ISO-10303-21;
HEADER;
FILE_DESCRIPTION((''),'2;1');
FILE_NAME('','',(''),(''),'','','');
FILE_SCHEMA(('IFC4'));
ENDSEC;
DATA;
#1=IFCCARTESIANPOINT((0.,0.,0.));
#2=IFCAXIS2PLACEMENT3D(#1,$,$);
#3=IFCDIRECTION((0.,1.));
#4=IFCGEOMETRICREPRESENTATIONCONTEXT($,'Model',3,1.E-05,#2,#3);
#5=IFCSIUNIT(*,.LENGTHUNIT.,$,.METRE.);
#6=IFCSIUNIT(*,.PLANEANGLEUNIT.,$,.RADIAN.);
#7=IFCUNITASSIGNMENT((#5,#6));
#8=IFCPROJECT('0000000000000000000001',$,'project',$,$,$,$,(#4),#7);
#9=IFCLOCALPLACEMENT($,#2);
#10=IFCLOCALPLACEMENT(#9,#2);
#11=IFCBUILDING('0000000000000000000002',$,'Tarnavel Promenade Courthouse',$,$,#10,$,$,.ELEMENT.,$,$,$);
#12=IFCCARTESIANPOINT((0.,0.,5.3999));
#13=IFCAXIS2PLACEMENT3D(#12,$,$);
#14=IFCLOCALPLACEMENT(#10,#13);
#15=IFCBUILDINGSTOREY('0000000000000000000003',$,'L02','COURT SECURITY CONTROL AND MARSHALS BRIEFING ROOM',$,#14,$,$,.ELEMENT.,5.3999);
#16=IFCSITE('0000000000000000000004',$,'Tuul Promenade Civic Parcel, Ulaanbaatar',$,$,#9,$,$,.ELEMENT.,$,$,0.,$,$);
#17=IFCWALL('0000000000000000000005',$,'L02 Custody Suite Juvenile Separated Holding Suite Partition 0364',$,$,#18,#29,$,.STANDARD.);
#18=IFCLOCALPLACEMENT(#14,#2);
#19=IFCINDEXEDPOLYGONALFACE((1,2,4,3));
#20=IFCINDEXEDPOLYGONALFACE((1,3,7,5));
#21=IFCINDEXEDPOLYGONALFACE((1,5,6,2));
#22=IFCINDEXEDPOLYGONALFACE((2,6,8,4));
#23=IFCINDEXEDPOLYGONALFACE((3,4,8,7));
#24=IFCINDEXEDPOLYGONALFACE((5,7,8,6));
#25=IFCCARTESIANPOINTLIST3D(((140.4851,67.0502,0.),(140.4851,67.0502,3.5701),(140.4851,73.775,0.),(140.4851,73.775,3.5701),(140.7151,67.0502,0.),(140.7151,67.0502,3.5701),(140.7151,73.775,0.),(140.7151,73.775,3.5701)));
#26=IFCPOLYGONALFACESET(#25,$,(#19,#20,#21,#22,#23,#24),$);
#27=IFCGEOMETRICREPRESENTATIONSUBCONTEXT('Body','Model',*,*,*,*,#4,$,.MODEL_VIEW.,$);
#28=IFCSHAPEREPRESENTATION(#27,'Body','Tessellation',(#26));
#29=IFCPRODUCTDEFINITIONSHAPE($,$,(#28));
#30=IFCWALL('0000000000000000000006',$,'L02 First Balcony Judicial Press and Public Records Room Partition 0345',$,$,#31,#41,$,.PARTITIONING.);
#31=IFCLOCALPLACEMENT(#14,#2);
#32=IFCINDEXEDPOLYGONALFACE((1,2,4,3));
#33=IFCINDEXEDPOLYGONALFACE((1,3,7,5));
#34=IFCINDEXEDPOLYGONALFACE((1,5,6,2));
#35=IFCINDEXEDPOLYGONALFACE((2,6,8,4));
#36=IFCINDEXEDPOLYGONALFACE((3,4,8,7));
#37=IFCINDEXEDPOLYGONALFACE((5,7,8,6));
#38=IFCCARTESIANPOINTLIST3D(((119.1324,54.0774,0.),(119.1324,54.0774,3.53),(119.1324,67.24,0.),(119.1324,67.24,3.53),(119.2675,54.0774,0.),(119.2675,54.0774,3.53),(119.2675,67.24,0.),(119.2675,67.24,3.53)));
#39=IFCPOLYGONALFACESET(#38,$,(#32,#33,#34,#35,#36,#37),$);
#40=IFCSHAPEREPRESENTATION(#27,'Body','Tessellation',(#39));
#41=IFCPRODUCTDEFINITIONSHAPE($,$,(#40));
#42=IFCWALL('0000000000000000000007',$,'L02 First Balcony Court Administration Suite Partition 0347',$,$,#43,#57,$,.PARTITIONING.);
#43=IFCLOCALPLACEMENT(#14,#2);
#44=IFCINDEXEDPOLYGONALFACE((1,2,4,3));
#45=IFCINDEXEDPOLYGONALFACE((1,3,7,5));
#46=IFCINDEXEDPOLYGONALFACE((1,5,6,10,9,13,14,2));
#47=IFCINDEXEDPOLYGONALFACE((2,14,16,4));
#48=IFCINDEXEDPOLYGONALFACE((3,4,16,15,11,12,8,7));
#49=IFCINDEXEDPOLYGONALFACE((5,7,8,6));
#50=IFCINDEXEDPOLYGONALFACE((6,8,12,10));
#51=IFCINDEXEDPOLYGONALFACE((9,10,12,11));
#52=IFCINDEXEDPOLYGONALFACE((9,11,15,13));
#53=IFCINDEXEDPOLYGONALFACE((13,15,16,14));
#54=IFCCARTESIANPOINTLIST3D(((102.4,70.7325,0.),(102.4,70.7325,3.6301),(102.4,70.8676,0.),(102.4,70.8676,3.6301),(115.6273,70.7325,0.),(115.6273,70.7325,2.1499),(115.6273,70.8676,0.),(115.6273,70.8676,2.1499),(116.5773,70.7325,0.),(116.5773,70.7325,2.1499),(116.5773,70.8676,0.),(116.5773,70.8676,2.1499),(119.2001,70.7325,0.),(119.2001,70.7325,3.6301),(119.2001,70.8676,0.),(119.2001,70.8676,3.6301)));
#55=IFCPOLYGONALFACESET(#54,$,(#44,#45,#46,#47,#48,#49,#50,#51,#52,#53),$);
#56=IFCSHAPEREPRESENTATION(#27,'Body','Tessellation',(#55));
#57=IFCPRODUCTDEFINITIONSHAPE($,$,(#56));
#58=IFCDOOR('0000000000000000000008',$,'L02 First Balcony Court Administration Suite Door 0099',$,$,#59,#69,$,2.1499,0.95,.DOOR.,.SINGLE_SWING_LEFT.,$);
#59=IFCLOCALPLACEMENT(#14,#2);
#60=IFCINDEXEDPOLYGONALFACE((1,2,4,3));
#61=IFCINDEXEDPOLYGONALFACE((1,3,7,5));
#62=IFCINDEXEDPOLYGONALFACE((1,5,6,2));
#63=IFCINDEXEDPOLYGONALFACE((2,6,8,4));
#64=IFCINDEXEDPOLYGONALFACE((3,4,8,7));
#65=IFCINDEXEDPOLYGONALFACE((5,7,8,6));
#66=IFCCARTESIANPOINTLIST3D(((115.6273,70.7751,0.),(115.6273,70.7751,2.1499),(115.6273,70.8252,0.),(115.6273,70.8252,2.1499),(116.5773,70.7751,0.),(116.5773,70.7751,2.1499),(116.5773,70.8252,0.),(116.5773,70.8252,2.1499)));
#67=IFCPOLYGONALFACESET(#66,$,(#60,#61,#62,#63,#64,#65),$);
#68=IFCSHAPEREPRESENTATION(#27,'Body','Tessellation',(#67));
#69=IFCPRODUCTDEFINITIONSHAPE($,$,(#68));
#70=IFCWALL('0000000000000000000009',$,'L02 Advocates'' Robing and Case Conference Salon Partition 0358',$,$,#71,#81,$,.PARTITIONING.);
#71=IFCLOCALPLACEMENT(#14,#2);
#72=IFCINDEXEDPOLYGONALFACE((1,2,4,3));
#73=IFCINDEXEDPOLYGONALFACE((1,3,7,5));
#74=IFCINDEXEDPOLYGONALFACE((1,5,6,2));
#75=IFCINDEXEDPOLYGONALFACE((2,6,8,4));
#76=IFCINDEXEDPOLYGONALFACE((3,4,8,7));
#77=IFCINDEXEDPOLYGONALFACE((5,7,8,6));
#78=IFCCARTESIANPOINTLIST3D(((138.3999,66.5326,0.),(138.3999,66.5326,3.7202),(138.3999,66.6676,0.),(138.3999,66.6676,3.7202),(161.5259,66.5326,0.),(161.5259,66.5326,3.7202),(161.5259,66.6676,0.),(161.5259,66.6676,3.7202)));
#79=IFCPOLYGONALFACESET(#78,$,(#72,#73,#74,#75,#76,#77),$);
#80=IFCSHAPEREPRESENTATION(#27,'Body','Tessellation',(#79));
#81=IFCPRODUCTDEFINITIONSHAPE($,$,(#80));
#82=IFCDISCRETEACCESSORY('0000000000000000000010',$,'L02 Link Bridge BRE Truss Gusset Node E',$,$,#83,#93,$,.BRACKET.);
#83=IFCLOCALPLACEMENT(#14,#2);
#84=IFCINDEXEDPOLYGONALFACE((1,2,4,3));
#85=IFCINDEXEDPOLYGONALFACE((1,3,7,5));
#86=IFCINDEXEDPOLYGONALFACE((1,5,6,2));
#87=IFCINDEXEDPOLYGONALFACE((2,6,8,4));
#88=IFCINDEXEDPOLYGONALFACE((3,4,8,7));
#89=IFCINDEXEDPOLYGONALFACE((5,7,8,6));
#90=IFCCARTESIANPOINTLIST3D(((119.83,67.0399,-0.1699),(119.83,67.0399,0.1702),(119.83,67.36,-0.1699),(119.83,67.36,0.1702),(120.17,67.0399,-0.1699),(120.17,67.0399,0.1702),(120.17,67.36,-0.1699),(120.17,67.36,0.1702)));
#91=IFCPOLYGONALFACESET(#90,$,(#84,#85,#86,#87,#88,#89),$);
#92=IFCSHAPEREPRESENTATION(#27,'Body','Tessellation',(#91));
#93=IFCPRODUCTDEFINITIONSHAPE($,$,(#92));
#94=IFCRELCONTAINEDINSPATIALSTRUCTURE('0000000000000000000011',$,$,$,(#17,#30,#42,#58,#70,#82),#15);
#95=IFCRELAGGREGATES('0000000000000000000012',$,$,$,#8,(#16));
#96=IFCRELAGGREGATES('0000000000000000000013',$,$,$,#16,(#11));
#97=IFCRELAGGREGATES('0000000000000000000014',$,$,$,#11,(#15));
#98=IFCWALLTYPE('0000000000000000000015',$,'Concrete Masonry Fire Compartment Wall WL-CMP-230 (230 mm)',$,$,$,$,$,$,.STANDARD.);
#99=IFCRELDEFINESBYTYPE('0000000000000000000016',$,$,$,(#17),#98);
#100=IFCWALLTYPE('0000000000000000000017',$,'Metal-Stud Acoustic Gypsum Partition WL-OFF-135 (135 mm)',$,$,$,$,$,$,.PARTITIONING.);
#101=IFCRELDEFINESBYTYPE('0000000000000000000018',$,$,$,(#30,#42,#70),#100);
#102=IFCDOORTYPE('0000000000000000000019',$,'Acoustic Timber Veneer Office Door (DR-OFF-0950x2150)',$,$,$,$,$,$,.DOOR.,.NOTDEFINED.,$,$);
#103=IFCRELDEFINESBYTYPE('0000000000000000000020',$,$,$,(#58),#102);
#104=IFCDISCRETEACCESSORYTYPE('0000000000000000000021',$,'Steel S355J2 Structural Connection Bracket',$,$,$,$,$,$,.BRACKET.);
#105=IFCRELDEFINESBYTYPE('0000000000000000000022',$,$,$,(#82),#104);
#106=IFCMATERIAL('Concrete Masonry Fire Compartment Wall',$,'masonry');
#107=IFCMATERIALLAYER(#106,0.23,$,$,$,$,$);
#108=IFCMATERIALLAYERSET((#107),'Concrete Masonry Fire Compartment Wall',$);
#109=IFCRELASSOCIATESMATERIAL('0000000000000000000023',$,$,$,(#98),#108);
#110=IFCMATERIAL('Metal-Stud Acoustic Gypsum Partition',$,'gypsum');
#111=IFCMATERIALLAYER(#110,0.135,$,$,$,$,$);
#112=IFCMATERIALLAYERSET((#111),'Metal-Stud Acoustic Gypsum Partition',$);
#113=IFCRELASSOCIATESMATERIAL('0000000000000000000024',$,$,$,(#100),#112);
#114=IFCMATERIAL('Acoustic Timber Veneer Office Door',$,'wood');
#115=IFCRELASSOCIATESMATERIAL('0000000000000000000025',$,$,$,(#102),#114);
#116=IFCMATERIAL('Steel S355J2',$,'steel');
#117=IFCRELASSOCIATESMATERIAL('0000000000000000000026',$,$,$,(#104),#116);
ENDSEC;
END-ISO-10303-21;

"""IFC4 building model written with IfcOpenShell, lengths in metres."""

from ifc_helpers import new_model, si_unit, direction, frame, frame_2d, origin, origin_2d, place, context, subcontext, project, spatial, rectangle, extrude, material, layer, layer_set, type_object, element, fill, save


model = new_model("IFC4")

# Units and contexts
model_context = context("Model", 3, precision=1e-05, world=origin(), true_north=direction((0.0, 1.0)))
body_context = subcontext(model_context, "Body", "Model", "MODEL_VIEW")
ifc_project = project(units=[si_unit("LENGTHUNIT", "METRE"), si_unit("PLANEANGLEUNIT", "RADIAN")], contexts=[model_context])

# Site, building, storey
site_placement = place(None, origin())
site = spatial("IfcSite", under=ifc_project, at=site_placement, Name="Tuul Promenade Civic Parcel, Ulaanbaatar", CompositionType="ELEMENT", RefElevation=0.0)
building_placement = place(site_placement, origin())
building = spatial("IfcBuilding", under=site, at=building_placement, Name="Tarnavel Promenade Courthouse", CompositionType="ELEMENT")
storey_placement = place(building_placement, frame((0.0, 0.0, 5.3999)))
storey = spatial("IfcBuildingStorey", under=building, at=storey_placement, Name="L02", Description="COURT SECURITY CONTROL AND MARSHALS BRIEFING ROOM", CompositionType="ELEMENT", Elevation=5.3999)

# Shared definitions
ifc_material_1 = material(Name="Steel S355J2", Category="steel")

# Shared definitions
ifc_material_2 = material(Name="Concrete Masonry Fire Compartment Wall", Category="masonry")
ifc_layer_1 = layer(ifc_material_2, 0.23)
ifc_layer_set_1 = layer_set([ifc_layer_1], Name="Concrete Masonry Fire Compartment Wall")
wall_type_1 = type_object("IfcWallType", Name="Concrete Masonry Fire Compartment Wall WL-CMP-230 (230 mm)", PredefinedType="STANDARD", material=ifc_layer_set_1)

# Walls
wall_1_placement = place(storey_placement, frame((140.6001, 73.7749, 0.0), z_axis=(0.0, 0.0, 1.0), x_axis=(0.0, -1.0, 0.0)))
element("IfcWall", 1, at=wall_1_placement, inside=storey, type_object=wall_type_1, Name="L02 Custody Suite Juvenile Separated Holding Suite Partition 0364", PredefinedType="STANDARD", context=body_context, shape_type="SweptSolid", body=[
    extrude(rectangle(XDim=6.7249, YDim=0.23, at=frame_2d((3.3623, 0.0))), origin(), (0.0, 0.0, 1.0), 3.5701),
])
ifc_material_3 = material(Name="Metal-Stud Acoustic Gypsum Partition", Category="gypsum")
ifc_layer_2 = layer(ifc_material_3, 0.135)
ifc_layer_set_2 = layer_set([ifc_layer_2], Name="Metal-Stud Acoustic Gypsum Partition")
wall_type_2 = type_object("IfcWallType", Name="Metal-Stud Acoustic Gypsum Partition WL-OFF-135 (135 mm)", PredefinedType="PARTITIONING", material=ifc_layer_set_2)
wall_2_placement = place(storey_placement, frame((119.2, 67.24, 0.0), z_axis=(0.0, 0.0, 1.0), x_axis=(0.0, -1.0, 0.0)))
element("IfcWall", 2, at=wall_2_placement, inside=storey, type_object=wall_type_2, Name="L02 First Balcony Judicial Press and Public Records Room Partition 0345", PredefinedType="PARTITIONING", context=body_context, shape_type="SweptSolid", body=[
    extrude(rectangle(XDim=13.1626, YDim=0.135, at=frame_2d((6.5813, 0.0))), origin(), (0.0, 0.0, 1.0), 3.53),
])

# Wall, opening, door
wall_3_placement = place(storey_placement, frame((119.2, 70.8, 0.0), z_axis=(0.0, 0.0, 1.0), x_axis=(-1.0, 0.0, 0.0)))
wall_3 = element("IfcWall", 3, at=wall_3_placement, inside=storey, type_object=wall_type_2, Name="L02 First Balcony Court Administration Suite Partition 0347", PredefinedType="PARTITIONING", context=body_context, shape_type="SweptSolid", body=[
    extrude(rectangle(XDim=16.8, YDim=0.135, at=frame_2d((8.3999, 0.0))), origin(), (0.0, 0.0, 1.0), 3.6301),
])
opening_1_placement = place(wall_3_placement, frame((2.6226, 0.0, 0.0)))
opening_1 = element("IfcOpeningElement", 4, at=opening_1_placement, cuts=wall_3, PredefinedType="OPENING", context=body_context, shape_type="SweptSolid", body=[
    extrude(rectangle(XDim=0.95, YDim=2.1499, at=frame_2d((0.4751, 1.075))), frame((0.0, 0.0774, 0.0), z_axis=(0.0, -1.0, 0.0), x_axis=(1.0, 0.0, 0.0)), (0.0, 0.0, 1.0), 0.155),
])
ifc_material_4 = material(Name="Acoustic Timber Veneer Office Door", Category="wood")
door_type_1 = type_object("IfcDoorType", Name="Acoustic Timber Veneer Office Door (DR-OFF-0950x2150)", OperationType="NOTDEFINED", PredefinedType="DOOR", material=ifc_material_4)
door_1_placement = place(opening_1_placement, origin())
door_1 = element("IfcDoor", 5, at=door_1_placement, inside=storey, type_object=door_type_1, Name="L02 First Balcony Court Administration Suite Door 0099", OperationType="SINGLE_SWING_LEFT", OverallHeight=2.1499, OverallWidth=0.95, PredefinedType="DOOR", context=body_context, shape_type="SweptSolid", body=[
    extrude(rectangle(XDim=0.95, YDim=2.1499, at=frame_2d((0.4751, 1.075))), frame((0.0, 0.0249, 0.0), z_axis=(0.0, -1.0, 0.0), x_axis=(1.0, 0.0, 0.0)), (0.0, 0.0, 1.0), 0.05),
])
fill(opening_1, door_1)

# Wall
wall_4_placement = place(storey_placement, frame((138.3999, 66.6001, 0.0), z_axis=(0.0, 0.0, 1.0), x_axis=(1.0, 0.0, 0.0)))
element("IfcWall", 6, at=wall_4_placement, inside=storey, type_object=wall_type_2, Name="L02 Advocates' Robing and Case Conference Salon Partition 0358", PredefinedType="PARTITIONING", context=body_context, shape_type="SweptSolid", body=[
    extrude(rectangle(XDim=23.126, YDim=0.135, at=frame_2d((11.563, 0.0))), origin(), (0.0, 0.0, 1.0), 3.7202),
])

# Discrete accessory
discrete_accessory_type = type_object("IfcDiscreteAccessoryType", Name="Steel S355J2 Structural Connection Bracket", PredefinedType="BRACKET", material=ifc_material_1)
discrete_accessory_placement = place(storey_placement, frame((120.0, 67.2, -0.1699), z_axis=(0.0, 0.0, 1.0), x_axis=(1.0, 0.0, 0.0)))
element("IfcDiscreteAccessory", 7, at=discrete_accessory_placement, inside=storey, type_object=discrete_accessory_type, Name="L02 Link Bridge BRE Truss Gusset Node E", PredefinedType="BRACKET", context=body_context, shape_type="SweptSolid", body=[
    extrude(rectangle(XDim=0.3401, YDim=0.3201, at=origin_2d()), origin(), (0.0, 0.0, 1.0), 0.3401),
])

save(model, "model.ifc")
